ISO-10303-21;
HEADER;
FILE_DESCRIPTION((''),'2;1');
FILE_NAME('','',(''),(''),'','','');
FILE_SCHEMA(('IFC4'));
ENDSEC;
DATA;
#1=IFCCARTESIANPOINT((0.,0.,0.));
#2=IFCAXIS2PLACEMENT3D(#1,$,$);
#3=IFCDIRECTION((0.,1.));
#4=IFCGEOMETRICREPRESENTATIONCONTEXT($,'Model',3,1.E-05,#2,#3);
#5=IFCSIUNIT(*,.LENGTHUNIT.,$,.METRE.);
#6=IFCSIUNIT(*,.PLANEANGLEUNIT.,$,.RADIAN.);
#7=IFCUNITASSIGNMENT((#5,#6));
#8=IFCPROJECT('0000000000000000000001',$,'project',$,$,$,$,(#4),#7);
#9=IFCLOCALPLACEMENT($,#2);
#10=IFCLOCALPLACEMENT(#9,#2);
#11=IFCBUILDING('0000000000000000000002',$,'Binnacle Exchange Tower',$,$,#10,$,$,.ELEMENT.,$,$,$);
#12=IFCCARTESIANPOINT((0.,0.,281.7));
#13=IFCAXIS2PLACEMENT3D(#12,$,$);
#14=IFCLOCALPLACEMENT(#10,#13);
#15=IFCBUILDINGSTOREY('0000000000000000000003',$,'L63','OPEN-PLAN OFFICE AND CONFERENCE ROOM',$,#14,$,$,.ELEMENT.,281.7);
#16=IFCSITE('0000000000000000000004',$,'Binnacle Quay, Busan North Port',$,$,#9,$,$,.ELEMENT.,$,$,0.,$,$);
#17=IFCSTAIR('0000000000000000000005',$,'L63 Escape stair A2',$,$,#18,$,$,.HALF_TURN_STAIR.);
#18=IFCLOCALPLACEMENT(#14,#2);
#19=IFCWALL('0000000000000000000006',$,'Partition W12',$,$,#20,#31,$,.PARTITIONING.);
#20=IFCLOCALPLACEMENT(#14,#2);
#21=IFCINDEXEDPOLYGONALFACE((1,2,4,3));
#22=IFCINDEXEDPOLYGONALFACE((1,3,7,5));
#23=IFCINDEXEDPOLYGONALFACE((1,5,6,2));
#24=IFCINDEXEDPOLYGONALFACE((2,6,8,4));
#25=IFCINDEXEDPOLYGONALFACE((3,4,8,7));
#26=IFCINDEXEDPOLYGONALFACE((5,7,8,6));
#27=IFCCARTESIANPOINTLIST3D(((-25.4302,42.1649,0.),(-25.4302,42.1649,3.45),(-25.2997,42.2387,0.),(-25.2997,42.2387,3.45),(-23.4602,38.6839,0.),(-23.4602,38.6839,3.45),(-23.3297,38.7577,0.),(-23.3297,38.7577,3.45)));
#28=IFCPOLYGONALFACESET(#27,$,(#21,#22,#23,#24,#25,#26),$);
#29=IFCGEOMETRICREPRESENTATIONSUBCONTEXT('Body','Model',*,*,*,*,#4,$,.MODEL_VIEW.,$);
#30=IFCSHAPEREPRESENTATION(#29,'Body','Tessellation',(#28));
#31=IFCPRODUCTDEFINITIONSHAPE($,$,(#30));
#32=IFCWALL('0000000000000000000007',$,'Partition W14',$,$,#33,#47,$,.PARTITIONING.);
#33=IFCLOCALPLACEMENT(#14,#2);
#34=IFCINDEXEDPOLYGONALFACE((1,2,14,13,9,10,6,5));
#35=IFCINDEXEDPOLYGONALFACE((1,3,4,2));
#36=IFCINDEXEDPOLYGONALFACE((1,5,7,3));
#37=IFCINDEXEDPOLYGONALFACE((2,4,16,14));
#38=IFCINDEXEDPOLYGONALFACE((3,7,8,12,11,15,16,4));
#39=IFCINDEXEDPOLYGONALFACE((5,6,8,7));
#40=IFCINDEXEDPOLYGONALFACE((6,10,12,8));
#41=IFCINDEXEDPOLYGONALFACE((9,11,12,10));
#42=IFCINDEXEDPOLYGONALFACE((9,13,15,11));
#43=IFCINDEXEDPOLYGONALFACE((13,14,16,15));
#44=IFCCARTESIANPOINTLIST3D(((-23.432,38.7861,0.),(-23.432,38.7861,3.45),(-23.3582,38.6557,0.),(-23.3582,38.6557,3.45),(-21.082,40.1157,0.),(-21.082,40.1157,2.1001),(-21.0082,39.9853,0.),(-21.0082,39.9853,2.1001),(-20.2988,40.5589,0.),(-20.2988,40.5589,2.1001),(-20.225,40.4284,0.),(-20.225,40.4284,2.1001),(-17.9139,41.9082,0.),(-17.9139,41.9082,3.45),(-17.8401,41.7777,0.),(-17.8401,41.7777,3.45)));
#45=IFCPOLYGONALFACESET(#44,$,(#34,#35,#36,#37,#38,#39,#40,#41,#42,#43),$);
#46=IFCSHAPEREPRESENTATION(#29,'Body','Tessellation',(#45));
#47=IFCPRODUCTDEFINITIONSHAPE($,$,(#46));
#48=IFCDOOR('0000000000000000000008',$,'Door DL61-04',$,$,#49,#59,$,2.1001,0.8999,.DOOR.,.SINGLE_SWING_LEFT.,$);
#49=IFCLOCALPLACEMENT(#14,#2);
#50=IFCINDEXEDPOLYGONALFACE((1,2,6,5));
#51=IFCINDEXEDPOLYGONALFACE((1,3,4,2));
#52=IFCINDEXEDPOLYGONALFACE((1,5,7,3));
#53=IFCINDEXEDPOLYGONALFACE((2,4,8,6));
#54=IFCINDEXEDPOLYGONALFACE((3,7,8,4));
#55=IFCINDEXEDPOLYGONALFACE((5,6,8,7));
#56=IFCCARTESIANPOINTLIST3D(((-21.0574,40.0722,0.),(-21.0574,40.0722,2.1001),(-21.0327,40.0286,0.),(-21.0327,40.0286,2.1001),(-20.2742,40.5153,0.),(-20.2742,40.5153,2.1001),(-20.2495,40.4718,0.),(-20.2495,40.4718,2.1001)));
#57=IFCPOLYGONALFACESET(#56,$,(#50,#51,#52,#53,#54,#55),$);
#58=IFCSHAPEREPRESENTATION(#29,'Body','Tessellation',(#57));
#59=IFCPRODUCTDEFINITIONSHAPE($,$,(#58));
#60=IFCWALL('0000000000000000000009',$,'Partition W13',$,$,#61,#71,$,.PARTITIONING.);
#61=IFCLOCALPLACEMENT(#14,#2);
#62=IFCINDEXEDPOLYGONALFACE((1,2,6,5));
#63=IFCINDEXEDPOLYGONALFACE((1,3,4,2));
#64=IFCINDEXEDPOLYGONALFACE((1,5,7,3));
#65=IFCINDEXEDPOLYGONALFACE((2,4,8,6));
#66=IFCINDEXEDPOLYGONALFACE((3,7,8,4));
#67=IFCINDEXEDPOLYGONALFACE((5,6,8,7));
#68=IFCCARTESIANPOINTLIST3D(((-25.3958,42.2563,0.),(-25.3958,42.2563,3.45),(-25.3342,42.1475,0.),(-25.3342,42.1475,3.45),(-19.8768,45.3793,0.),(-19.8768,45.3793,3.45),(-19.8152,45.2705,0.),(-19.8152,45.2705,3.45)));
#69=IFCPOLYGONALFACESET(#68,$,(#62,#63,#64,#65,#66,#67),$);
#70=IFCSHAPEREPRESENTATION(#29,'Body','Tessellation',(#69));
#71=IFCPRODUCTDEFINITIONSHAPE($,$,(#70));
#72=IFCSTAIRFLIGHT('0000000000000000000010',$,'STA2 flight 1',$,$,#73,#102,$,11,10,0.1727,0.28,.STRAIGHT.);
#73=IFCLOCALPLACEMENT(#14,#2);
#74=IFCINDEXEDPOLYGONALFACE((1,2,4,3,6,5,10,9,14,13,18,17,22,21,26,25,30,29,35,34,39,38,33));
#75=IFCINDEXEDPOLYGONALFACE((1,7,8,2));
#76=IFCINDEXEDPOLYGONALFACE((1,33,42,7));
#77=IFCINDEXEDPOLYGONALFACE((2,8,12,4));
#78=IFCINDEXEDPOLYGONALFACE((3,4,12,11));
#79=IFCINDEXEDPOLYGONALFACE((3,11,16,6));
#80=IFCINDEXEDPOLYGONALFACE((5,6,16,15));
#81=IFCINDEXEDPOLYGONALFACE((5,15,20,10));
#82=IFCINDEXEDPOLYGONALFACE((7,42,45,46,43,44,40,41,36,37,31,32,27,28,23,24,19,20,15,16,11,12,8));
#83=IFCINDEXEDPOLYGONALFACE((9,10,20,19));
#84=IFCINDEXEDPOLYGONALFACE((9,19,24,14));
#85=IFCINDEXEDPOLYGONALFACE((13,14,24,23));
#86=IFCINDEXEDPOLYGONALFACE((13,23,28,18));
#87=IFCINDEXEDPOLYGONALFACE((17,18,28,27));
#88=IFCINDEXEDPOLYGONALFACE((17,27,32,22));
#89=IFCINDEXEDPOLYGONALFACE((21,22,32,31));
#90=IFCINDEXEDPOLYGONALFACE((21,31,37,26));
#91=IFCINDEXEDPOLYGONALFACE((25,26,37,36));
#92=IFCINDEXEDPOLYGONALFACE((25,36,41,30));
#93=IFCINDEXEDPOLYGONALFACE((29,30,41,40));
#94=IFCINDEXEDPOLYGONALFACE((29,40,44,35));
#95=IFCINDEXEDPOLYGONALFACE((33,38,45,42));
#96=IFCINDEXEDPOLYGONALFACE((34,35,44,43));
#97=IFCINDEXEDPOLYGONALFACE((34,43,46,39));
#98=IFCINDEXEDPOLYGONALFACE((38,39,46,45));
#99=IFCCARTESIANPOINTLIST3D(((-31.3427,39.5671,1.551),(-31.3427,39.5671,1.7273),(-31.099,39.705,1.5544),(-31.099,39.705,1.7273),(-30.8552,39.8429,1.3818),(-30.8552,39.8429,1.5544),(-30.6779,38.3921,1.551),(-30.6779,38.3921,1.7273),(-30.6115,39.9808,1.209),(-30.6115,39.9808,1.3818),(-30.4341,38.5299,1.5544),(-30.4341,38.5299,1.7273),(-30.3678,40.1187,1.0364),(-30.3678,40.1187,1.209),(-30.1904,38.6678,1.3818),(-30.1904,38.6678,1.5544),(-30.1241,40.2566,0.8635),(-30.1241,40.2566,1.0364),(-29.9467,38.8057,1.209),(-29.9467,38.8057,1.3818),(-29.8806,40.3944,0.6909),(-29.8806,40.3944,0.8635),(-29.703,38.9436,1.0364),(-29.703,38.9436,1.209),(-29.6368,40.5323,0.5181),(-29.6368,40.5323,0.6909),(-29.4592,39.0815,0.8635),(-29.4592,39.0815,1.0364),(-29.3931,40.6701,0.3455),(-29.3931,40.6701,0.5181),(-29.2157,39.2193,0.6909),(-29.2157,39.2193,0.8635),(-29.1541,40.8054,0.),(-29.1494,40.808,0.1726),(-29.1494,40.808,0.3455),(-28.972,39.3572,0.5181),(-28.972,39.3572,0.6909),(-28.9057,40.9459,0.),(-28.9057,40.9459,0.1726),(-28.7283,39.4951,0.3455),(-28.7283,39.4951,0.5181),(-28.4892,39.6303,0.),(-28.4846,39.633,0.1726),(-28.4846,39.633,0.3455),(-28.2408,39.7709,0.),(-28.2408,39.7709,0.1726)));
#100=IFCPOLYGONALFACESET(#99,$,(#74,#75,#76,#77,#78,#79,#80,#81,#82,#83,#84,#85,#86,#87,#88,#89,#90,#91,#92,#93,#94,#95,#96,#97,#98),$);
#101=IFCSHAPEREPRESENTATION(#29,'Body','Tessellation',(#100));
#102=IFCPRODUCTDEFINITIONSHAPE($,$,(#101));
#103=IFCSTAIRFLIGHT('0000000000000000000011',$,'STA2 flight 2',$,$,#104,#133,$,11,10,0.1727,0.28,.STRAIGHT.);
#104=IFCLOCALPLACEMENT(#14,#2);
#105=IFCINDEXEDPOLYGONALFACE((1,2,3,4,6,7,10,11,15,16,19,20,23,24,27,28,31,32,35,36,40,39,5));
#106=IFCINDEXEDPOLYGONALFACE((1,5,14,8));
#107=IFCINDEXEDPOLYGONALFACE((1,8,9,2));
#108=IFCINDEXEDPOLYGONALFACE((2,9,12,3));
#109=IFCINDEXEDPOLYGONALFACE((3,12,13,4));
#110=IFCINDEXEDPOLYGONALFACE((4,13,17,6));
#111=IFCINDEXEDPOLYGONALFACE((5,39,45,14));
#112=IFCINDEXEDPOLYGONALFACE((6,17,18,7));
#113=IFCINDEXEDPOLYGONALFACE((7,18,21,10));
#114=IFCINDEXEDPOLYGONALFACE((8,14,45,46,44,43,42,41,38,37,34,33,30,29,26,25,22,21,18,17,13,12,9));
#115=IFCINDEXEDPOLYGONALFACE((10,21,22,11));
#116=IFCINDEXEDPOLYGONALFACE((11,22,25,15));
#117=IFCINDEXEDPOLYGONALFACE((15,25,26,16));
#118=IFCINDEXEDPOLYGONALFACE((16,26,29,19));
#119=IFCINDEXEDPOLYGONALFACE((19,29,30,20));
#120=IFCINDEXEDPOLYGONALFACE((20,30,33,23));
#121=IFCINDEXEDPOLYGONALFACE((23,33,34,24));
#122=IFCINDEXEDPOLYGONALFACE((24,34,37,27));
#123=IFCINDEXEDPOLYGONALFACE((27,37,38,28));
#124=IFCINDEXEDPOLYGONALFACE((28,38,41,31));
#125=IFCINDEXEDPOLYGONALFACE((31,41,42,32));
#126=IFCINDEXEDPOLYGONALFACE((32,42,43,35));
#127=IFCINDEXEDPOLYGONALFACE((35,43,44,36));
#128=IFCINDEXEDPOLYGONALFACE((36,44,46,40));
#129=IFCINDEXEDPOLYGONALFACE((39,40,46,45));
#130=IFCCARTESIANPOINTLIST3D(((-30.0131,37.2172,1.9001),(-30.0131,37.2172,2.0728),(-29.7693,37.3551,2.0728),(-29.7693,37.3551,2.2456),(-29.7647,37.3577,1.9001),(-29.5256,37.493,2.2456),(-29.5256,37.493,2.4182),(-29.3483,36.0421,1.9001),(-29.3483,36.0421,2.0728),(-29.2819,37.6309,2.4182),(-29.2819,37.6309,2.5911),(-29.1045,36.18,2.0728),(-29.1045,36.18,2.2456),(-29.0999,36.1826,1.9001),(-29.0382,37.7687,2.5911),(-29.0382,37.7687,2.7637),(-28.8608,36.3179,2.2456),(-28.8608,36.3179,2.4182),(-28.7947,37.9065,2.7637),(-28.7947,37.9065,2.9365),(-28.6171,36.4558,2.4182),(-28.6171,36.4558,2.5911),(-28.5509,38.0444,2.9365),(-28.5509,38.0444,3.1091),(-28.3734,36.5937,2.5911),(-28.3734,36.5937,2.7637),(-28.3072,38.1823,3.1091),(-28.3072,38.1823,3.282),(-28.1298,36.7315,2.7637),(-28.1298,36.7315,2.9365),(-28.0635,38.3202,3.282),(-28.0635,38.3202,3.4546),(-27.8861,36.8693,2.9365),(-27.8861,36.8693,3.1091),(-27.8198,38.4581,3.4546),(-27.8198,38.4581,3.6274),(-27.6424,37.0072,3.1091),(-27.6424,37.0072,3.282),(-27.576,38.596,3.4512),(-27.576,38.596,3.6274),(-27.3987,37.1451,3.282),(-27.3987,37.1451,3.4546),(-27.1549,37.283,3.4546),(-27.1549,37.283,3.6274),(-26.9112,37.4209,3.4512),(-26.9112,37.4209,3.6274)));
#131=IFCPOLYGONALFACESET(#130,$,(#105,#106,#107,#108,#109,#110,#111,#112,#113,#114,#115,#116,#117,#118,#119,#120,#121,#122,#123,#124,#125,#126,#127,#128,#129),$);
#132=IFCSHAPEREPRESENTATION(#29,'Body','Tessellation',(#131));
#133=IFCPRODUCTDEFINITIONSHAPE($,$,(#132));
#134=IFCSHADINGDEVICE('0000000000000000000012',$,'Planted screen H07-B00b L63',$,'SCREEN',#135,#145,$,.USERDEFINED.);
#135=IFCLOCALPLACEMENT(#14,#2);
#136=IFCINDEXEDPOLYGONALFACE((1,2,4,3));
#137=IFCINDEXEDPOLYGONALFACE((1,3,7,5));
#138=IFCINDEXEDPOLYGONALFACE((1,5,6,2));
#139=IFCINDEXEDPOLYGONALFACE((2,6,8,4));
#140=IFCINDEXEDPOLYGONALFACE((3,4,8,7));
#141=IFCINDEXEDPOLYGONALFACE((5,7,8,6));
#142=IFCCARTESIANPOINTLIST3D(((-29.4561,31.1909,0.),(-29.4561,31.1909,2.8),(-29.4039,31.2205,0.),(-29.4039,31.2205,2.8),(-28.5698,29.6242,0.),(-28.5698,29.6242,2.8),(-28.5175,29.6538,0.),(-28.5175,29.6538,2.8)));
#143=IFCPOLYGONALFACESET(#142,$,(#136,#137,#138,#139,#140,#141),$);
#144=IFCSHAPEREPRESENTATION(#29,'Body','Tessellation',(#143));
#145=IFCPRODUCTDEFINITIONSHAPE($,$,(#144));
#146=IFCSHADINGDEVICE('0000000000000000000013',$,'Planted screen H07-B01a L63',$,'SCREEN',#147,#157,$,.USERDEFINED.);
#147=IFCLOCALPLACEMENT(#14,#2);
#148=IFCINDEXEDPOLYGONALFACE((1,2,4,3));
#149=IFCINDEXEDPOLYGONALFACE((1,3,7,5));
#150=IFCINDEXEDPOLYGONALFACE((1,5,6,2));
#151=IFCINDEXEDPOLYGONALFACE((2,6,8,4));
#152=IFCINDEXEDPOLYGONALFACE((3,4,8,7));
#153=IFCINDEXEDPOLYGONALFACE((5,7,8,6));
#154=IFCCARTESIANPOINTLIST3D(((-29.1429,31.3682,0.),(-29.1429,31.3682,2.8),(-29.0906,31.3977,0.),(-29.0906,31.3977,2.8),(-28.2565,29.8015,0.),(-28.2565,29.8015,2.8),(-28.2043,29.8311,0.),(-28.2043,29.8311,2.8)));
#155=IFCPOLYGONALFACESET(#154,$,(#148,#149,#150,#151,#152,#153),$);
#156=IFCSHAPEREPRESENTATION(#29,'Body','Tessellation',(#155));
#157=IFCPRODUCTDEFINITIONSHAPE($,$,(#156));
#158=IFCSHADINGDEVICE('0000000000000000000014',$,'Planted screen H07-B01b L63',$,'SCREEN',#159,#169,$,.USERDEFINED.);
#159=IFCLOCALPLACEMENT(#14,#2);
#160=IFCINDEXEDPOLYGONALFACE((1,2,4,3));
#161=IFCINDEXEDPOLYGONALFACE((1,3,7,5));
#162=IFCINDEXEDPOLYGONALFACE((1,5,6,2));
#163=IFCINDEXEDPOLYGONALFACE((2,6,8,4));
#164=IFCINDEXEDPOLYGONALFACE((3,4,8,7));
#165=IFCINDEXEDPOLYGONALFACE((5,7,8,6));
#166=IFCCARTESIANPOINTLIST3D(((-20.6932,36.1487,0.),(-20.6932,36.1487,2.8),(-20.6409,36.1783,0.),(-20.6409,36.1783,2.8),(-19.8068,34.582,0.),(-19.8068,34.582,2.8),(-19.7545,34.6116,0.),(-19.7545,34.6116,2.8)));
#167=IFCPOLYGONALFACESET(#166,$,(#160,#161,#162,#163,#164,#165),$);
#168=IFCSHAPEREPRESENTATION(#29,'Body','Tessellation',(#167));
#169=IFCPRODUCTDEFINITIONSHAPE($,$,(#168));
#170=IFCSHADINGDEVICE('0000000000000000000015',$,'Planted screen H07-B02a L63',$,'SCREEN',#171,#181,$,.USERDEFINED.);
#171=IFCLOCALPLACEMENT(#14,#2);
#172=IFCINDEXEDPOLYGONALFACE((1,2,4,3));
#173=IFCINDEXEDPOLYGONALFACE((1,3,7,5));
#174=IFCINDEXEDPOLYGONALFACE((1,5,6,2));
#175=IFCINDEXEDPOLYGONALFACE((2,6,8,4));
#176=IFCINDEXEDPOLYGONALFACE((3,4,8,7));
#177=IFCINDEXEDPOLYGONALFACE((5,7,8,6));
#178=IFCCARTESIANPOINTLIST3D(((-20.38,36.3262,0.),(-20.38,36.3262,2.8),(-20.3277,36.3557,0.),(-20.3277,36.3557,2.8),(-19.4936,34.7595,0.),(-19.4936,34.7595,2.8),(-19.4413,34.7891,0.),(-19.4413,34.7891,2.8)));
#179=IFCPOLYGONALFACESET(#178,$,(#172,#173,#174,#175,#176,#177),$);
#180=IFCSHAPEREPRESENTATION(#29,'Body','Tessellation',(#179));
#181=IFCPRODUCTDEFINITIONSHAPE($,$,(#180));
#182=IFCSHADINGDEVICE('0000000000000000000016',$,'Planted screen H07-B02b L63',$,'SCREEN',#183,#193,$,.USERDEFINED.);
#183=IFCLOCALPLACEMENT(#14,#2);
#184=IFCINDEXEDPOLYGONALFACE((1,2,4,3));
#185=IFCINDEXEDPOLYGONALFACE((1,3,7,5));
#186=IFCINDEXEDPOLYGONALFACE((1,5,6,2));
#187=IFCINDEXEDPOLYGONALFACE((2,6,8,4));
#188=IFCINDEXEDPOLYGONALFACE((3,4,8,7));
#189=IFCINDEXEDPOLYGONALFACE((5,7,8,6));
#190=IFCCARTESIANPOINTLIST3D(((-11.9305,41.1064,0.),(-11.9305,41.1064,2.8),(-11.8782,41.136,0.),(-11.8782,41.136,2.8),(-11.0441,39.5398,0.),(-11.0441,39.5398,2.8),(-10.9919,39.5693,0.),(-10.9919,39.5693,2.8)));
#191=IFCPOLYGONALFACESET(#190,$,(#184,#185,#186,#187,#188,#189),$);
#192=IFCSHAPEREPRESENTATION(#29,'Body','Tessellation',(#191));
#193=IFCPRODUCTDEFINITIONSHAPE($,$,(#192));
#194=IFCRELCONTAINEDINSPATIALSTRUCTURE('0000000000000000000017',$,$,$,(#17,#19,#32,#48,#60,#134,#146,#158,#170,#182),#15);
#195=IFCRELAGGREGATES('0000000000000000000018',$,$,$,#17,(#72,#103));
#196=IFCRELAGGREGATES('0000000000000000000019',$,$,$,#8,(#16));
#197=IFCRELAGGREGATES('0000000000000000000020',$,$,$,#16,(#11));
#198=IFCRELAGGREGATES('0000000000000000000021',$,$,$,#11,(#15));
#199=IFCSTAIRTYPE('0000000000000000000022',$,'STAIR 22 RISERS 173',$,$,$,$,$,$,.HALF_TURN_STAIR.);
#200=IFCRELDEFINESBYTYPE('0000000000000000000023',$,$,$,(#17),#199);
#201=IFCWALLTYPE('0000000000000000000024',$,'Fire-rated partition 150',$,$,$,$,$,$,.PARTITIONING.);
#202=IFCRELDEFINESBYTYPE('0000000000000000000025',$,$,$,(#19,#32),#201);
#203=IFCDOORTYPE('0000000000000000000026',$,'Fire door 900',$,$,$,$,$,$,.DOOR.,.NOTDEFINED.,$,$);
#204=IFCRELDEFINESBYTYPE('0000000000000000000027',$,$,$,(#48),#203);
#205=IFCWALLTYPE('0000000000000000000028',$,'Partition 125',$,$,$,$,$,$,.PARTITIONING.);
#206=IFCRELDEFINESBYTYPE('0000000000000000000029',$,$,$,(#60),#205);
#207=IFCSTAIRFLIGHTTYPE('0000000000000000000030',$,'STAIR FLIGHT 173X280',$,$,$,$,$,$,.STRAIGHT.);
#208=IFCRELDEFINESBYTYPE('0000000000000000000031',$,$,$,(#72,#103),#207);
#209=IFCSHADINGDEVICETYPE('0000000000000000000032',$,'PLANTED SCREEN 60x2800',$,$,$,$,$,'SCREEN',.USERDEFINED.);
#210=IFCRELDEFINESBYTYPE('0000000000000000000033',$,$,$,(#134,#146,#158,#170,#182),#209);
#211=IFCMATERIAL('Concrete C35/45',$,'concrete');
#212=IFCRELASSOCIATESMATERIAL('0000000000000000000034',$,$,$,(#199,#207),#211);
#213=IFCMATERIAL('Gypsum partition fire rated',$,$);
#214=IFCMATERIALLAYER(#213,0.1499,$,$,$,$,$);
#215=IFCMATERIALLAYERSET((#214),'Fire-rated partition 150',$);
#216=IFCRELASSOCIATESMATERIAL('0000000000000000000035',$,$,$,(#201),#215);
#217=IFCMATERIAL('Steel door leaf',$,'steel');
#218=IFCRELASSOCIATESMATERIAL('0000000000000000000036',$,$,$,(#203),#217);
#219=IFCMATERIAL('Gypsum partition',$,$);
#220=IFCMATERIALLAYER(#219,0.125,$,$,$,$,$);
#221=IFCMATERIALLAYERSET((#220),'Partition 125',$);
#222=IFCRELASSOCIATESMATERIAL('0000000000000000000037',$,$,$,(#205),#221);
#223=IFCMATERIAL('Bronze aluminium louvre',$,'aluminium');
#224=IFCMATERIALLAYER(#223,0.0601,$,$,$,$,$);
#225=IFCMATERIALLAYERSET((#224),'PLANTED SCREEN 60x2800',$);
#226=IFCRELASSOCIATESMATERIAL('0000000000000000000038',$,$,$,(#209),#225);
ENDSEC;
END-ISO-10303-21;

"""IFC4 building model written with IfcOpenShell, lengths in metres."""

from ifc_helpers import new_model, si_unit, direction, frame, frame_2d, origin, origin_2d, place, context, subcontext, project, spatial, polyline, rectangle, outline, extrude, material, layer, layer_set, type_object, element, fill, aggregate, save


model = new_model("IFC4")

# Units and contexts
model_context = context("Model", 3, precision=1e-05, world=origin(), true_north=direction((0.0, 1.0)))
body_context = subcontext(model_context, "Body", "Model", "MODEL_VIEW")
ifc_project = project(units=[si_unit("LENGTHUNIT", "METRE"), si_unit("PLANEANGLEUNIT", "RADIAN")], contexts=[model_context])

# Site, building, storey
site_placement = place(None, origin())
site = spatial("IfcSite", under=ifc_project, at=site_placement, Name="Binnacle Quay, Busan North Port", CompositionType="ELEMENT", RefElevation=0.0)
building_placement = place(site_placement, origin())
building = spatial("IfcBuilding", under=site, at=building_placement, Name="Binnacle Exchange Tower", CompositionType="ELEMENT")
storey_placement = place(building_placement, frame((0.0, 0.0, 281.7)))
storey = spatial("IfcBuildingStorey", under=building, at=storey_placement, Name="L63", Description="OPEN-PLAN OFFICE AND CONFERENCE ROOM", CompositionType="ELEMENT", Elevation=281.7)

# Shared definitions
ifc_material_1 = material(Name="Concrete C35/45", Category="concrete")

# Stair
stair_type = type_object("IfcStairType", Name="STAIR 22 RISERS 173", PredefinedType="HALF_TURN_STAIR", material=ifc_material_1)
stair_1_placement = place(storey_placement, origin())
stair_1 = element("IfcStair", 1, at=stair_1_placement, inside=storey, type_object=stair_type, Name="L63 Escape stair A2", PredefinedType="HALF_TURN_STAIR")

# Shared definitions
ifc_material_2 = material(Name="Steel door leaf", Category="steel")

# Wall
ifc_material_3 = material(Name="Gypsum partition fire rated")
ifc_layer_1 = layer(ifc_material_3, 0.1499)
ifc_layer_set_1 = layer_set([ifc_layer_1], Name="Fire-rated partition 150")
wall_type_1 = type_object("IfcWallType", Name="Fire-rated partition 150", PredefinedType="PARTITIONING", material=ifc_layer_set_1)
wall_1_placement = place(storey_placement, frame((-25.365, 42.2019, 0.0), z_axis=(0.0, 0.0, 1.0), x_axis=(0.492526, -0.870298, 0.0)))
element("IfcWall", 2, at=wall_1_placement, inside=storey, type_object=wall_type_1, Name="Partition W12", PredefinedType="PARTITIONING", context=body_context, shape_type="SweptSolid", body=[
    extrude(rectangle(XDim=3.9998, YDim=0.1499, at=frame_2d((2.0, 0.0))), origin(), (0.0, 0.0, 1.0), 3.45),
])

# Wall, opening, door
wall_2_placement = place(storey_placement, frame((-23.395, 38.7209, 0.0), z_axis=(0.0, 0.0, 1.0), x_axis=(0.870349, 0.492435, 0.0)))
wall_2 = element("IfcWall", 3, at=wall_2_placement, inside=storey, type_object=wall_type_1, Name="Partition W14", PredefinedType="PARTITIONING", context=body_context, shape_type="SweptSolid", body=[
    extrude(rectangle(XDim=6.3401, YDim=0.1499, at=frame_2d((3.1699, 0.0))), origin(), (0.0, 0.0, 1.0), 3.45),
])
opening_1_placement = place(wall_2_placement, frame((2.7, 0.0, 0.0)))
opening_1 = element("IfcOpeningElement", 4, at=opening_1_placement, cuts=wall_2, PredefinedType="OPENING", context=body_context, shape_type="SweptSolid", body=[
    extrude(rectangle(XDim=0.8999, YDim=2.1001, at=frame_2d((0.45, 1.05))), frame((0.0, 0.085, 0.0), z_axis=(0.0, -1.0, 0.0), x_axis=(1.0, 0.0, 0.0)), (0.0, 0.0, 1.0), 0.1699),
])
door_type_1 = type_object("IfcDoorType", Name="Fire door 900", OperationType="NOTDEFINED", PredefinedType="DOOR", material=ifc_material_2)
door_1_placement = place(opening_1_placement, origin())
door_1 = element("IfcDoor", 5, at=door_1_placement, inside=storey, type_object=door_type_1, Name="Door DL61-04", OperationType="SINGLE_SWING_LEFT", OverallHeight=2.1001, OverallWidth=0.8999, PredefinedType="DOOR", context=body_context, shape_type="SweptSolid", body=[
    extrude(rectangle(XDim=0.8999, YDim=2.1001, at=frame_2d((0.45, 1.05))), frame((0.0, 0.0249, 0.0), z_axis=(0.0, -1.0, 0.0), x_axis=(1.0, 0.0, 0.0)), (0.0, 0.0, 1.0), 0.05),
])
fill(opening_1, door_1)

# Wall
ifc_material_4 = material(Name="Gypsum partition")
ifc_layer_2 = layer(ifc_material_4, 0.125)
ifc_layer_set_2 = layer_set([ifc_layer_2], Name="Partition 125")
wall_type_2 = type_object("IfcWallType", Name="Partition 125", PredefinedType="PARTITIONING", material=ifc_layer_set_2)
wall_3_placement = place(storey_placement, frame((-25.365, 42.2019, 0.0), z_axis=(0.0, 0.0, 1.0), x_axis=(0.87032, 0.492486, 0.0)))
element("IfcWall", 6, at=wall_3_placement, inside=storey, type_object=wall_type_2, Name="Partition W13", PredefinedType="PARTITIONING", context=body_context, shape_type="SweptSolid", body=[
    extrude(rectangle(XDim=6.3413, YDim=0.125, at=frame_2d((3.1707, 0.0))), origin(), (0.0, 0.0, 1.0), 3.45),
])

# Stair flights
stair_flight_type = type_object("IfcStairFlightType", Name="STAIR FLIGHT 173X280", PredefinedType="STRAIGHT", material=ifc_material_1)
stair_flight_1_placement = place(storey_placement, frame((-28.5732, 40.3584, 0.0), z_axis=(0.0, 0.0, 1.0), x_axis=(-0.870356, -0.492424, 0.0)))
stair_flight_1 = element("IfcStairFlight", 7, at=stair_flight_1_placement, type_object=stair_flight_type, Name="STA2 flight 1", NumberOfRisers=11, NumberOfTreads=10, PredefinedType="STRAIGHT", RiserHeight=0.1727, TreadLength=0.28, context=body_context, shape_type="SweptSolid", body=[
    extrude(outline(polyline([(0.0, 0.0), (0.0, 0.1726), (0.28, 0.1726), (0.28, 0.3455), (0.5601, 0.3455), (0.5601, 0.5181), (0.8401, 0.5181), (0.8401, 0.6909), (1.1201, 0.6909), (1.1201, 0.8635), (1.3999, 0.8635), (1.3999, 1.0364), (1.6799, 1.0364), (1.6799, 1.209), (1.96, 1.209), (1.96, 1.3818), (2.24, 1.3818), (2.24, 1.5544), (2.52, 1.5544), (2.52, 1.7273), (2.8, 1.7273), (2.8, 1.8999), (2.8, 1.551), (0.2854, 0.0), (0.0, 0.0)])), frame((0.0, 0.675, 0.0), z_axis=(0.0, -1.0, 0.0), x_axis=(1.0, 0.0, 0.0)), (0.0, 0.0, 1.0), 1.3501),
])
stair_flight_2_placement = place(storey_placement, frame((-29.6807, 36.6296, 1.9001), z_axis=(0.0, 0.0, 1.0), x_axis=(0.870356, 0.492424, 0.0)))
stair_flight_2 = element("IfcStairFlight", 8, at=stair_flight_2_placement, type_object=stair_flight_type, Name="STA2 flight 2", NumberOfRisers=11, NumberOfTreads=10, PredefinedType="STRAIGHT", RiserHeight=0.1727, TreadLength=0.28, context=body_context, shape_type="SweptSolid", body=[
    extrude(outline(polyline([(0.0, 0.0), (0.0, 0.1726), (0.28, 0.1726), (0.28, 0.3455), (0.5601, 0.3455), (0.5601, 0.5181), (0.8401, 0.5181), (0.8401, 0.6909), (1.1201, 0.6909), (1.1201, 0.8635), (1.3999, 0.8635), (1.3999, 1.0364), (1.6799, 1.0364), (1.6799, 1.209), (1.96, 1.209), (1.96, 1.3818), (2.24, 1.3818), (2.24, 1.5544), (2.52, 1.5544), (2.52, 1.7273), (2.8, 1.7273), (2.8, 1.8999), (2.8, 1.551), (0.2854, 0.0), (0.0, 0.0)])), frame((0.0, 0.675, 0.0), z_axis=(0.0, -1.0, 0.0), x_axis=(1.0, 0.0, 0.0)), (0.0, 0.0, 1.0), 1.3501),
])
aggregate(stair_1, [stair_flight_1, stair_flight_2])

# Shading devices
ifc_material_5 = material(Name="Bronze aluminium louvre", Category="aluminium")
ifc_layer_3 = layer(ifc_material_5, 0.0601)
ifc_layer_set_3 = layer_set([ifc_layer_3], Name="PLANTED SCREEN 60x2800")
shading_device_type = type_object("IfcShadingDeviceType", Name="PLANTED SCREEN 60x2800", ElementType="SCREEN", PredefinedType="USERDEFINED", material=ifc_layer_set_3)
for number, where, z_axis, x_axis, name in (
    (9, (-28.9868, 30.4224, 0.0), (0.0, 0.0, 1.0), (0.870356, 0.492424, 0.0), "Planted screen H07-B00b L63"),
    (10, (-28.6736, 30.5996, 0.0), (0.0, 0.0, 1.0), (0.870356, 0.492424, 0.0), "Planted screen H07-B01a L63"),
    (11, (-20.2239, 35.3801, 0.0), (0.0, 0.0, 1.0), (0.870356, 0.492424, 0.0), "Planted screen H07-B01b L63"),
    (12, (-19.9106, 35.5576, 0.0), (0.0, 0.0, 1.0), (0.870356, 0.492424, 0.0), "Planted screen H07-B02a L63"),
    (13, (-11.4612, 40.3379, 0.0), (0.0, 0.0, 1.0), (0.870356, 0.492424, 0.0), "Planted screen H07-B02b L63"),
):
    element("IfcShadingDevice", number, at=place(storey_placement, frame(where, z_axis=z_axis, x_axis=x_axis)), inside=storey, type_object=shading_device_type, Name=name, ObjectType="SCREEN", PredefinedType="USERDEFINED", context=body_context, shape_type="SweptSolid", body=[
        extrude(rectangle(XDim=0.0601, YDim=1.8, at=origin_2d()), origin(), (0.0, 0.0, 1.0), 2.8),
    ])

save(model, "model.ifc")
